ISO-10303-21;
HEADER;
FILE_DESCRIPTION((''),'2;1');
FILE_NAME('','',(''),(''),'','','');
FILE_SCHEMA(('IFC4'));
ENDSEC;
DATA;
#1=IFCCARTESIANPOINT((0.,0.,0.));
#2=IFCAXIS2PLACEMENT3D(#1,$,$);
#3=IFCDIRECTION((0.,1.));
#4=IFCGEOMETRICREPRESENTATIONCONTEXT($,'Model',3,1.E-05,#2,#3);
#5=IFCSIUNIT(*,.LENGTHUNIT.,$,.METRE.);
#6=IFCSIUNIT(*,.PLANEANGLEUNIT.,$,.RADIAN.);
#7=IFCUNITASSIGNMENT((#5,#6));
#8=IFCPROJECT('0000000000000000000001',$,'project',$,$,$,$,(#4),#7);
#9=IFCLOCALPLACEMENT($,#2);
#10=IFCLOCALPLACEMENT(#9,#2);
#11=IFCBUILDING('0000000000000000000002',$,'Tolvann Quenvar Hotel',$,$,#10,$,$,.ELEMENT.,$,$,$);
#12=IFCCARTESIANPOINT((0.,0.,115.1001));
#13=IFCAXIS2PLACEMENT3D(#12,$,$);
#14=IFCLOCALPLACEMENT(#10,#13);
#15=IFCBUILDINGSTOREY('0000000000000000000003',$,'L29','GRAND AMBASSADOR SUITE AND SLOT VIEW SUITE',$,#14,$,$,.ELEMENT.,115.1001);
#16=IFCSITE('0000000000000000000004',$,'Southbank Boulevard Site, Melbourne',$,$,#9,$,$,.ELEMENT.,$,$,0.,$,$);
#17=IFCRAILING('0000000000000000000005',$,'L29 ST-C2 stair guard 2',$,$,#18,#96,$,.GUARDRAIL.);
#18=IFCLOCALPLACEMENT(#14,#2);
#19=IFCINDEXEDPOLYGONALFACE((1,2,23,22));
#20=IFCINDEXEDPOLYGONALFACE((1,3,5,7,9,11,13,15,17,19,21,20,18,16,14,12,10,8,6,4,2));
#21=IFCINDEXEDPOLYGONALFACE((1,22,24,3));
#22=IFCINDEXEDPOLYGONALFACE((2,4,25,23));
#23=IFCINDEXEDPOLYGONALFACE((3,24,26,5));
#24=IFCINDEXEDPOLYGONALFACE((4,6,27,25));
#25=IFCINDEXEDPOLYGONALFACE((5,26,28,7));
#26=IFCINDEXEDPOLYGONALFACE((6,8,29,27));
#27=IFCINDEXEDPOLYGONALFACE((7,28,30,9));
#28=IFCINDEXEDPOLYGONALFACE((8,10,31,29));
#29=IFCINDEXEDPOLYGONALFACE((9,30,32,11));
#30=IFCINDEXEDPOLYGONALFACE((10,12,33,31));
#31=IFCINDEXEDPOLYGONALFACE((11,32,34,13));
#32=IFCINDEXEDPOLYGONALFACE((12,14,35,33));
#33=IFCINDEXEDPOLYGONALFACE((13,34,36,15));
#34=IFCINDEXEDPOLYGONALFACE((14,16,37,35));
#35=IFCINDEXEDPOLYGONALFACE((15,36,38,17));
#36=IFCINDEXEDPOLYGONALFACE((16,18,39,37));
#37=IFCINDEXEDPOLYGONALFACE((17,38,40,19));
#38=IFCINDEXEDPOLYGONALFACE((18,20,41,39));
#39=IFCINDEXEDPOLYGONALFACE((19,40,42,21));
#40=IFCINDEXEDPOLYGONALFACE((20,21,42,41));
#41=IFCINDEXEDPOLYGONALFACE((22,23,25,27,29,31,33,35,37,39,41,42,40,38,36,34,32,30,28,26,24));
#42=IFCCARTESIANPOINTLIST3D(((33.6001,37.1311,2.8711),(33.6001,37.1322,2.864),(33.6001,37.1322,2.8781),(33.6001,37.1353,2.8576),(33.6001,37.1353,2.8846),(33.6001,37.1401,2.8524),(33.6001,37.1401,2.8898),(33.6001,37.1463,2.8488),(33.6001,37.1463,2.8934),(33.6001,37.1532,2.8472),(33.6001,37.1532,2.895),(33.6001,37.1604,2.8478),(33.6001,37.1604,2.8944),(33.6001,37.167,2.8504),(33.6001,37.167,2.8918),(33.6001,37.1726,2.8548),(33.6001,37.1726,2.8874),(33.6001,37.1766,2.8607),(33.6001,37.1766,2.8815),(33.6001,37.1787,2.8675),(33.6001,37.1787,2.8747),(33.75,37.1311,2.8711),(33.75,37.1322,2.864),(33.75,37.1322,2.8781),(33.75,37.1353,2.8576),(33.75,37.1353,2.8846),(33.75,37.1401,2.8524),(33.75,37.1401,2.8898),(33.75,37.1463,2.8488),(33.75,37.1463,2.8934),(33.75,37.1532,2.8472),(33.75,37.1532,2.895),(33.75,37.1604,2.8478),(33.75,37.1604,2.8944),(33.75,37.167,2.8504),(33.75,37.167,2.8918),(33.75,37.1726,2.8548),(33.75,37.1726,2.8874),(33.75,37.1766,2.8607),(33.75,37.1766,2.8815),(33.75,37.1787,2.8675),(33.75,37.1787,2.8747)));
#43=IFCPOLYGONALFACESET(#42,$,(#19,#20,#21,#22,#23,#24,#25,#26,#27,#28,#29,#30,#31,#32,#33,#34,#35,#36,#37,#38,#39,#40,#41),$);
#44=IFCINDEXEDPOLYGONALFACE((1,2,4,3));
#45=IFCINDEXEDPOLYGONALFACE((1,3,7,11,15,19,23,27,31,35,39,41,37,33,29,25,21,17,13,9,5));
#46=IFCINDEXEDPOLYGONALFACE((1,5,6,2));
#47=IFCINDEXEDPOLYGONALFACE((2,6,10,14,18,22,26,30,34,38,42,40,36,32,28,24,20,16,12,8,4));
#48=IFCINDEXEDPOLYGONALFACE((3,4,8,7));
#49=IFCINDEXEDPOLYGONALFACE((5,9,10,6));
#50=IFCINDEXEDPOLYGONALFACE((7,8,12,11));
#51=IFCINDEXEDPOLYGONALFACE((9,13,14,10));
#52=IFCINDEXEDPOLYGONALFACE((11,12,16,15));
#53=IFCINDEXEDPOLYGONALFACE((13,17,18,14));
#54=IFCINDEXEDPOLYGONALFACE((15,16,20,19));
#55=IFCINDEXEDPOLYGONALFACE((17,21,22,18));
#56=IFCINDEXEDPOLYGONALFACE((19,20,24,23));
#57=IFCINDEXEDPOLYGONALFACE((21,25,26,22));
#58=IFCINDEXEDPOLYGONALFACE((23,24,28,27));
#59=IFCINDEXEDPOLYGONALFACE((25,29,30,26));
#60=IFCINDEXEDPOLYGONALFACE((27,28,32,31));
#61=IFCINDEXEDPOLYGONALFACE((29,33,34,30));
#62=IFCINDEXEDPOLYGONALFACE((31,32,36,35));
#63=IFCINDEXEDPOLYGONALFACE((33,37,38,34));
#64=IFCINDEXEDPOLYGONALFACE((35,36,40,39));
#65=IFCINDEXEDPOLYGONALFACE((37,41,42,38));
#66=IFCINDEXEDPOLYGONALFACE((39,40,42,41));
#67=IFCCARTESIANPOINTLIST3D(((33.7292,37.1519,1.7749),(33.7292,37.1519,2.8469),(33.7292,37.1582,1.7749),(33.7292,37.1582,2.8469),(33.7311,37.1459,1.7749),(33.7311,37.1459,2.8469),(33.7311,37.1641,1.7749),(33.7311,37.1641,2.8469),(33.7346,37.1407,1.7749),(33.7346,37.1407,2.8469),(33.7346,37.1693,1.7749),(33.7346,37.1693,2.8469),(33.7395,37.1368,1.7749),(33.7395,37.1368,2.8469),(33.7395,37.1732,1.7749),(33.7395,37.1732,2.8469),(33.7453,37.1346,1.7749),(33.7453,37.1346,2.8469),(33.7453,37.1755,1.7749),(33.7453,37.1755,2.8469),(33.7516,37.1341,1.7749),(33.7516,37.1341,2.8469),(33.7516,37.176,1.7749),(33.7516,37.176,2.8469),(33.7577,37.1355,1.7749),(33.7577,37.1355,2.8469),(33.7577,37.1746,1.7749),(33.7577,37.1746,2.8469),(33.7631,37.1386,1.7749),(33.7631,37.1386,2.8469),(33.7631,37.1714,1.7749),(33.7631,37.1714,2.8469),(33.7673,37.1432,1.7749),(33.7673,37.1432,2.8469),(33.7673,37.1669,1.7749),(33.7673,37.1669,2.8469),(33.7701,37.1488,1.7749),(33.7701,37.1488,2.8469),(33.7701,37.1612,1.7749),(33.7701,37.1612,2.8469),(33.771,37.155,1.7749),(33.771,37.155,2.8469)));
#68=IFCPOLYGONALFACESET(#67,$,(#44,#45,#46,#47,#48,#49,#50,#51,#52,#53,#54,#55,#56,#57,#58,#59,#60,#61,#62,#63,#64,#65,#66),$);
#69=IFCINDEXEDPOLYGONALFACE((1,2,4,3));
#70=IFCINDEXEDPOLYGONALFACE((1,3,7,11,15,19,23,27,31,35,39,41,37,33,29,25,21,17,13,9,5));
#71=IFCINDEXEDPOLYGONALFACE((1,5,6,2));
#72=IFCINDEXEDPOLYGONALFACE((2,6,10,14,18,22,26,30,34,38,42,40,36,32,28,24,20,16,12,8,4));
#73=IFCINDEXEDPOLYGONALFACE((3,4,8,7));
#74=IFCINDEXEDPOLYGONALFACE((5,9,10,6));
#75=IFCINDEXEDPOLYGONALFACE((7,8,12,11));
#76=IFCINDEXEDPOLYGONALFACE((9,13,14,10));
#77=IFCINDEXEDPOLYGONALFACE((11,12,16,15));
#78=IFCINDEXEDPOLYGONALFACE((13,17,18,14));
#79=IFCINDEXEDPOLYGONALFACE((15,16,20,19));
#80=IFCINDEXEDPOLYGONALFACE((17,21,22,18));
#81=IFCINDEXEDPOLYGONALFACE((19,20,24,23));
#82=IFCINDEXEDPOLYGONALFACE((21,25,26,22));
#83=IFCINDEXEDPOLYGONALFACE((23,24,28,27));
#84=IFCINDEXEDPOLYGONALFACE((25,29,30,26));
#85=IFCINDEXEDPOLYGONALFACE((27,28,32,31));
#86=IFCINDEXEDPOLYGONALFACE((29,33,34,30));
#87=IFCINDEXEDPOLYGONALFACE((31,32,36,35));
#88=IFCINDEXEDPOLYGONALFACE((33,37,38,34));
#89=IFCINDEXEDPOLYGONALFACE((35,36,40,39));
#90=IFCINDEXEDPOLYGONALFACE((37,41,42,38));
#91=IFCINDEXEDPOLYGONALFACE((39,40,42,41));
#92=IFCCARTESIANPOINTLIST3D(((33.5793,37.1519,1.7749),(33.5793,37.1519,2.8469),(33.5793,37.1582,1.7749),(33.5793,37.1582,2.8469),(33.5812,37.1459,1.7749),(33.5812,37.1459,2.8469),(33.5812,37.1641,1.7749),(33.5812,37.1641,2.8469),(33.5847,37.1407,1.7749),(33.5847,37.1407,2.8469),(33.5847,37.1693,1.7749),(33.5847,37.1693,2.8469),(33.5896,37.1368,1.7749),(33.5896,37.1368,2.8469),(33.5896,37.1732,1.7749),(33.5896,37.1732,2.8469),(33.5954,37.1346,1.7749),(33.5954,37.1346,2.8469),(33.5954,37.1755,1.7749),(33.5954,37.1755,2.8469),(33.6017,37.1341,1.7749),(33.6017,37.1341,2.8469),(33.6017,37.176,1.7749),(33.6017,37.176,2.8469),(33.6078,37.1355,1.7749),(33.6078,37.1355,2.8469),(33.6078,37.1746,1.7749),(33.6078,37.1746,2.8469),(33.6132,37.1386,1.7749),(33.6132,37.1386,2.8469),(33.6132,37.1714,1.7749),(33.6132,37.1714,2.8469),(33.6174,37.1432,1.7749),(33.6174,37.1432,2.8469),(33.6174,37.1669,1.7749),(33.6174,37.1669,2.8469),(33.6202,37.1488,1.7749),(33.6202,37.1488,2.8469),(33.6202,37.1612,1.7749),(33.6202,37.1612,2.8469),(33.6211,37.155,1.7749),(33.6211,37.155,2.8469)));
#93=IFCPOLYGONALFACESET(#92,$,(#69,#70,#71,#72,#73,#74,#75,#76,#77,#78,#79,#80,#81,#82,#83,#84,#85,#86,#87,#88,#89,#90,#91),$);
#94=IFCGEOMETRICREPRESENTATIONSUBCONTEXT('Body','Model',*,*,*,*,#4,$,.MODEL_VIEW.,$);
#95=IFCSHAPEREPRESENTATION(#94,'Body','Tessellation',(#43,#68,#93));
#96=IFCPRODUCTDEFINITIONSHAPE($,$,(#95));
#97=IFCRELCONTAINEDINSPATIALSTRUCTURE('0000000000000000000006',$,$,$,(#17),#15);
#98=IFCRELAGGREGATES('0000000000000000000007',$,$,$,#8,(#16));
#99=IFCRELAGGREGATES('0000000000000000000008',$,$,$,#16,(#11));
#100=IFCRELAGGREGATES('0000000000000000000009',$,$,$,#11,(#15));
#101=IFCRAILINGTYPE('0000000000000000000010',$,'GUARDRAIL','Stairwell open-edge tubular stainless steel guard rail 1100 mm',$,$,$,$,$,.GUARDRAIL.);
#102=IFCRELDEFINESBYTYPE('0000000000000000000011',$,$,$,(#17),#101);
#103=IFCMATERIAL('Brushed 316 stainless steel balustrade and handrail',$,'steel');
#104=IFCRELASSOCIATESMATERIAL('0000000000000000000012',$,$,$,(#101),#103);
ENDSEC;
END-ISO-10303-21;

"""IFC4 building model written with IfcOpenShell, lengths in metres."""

from ifc_helpers import new_model, si_unit, direction, frame, origin, origin_2d, place, context, subcontext, project, spatial, circle, extrude, material, type_object, element, save


model = new_model("IFC4")

# Units and contexts
model_context = context("Model", 3, precision=1e-05, world=origin(), true_north=direction((0.0, 1.0)))
body_context = subcontext(model_context, "Body", "Model", "MODEL_VIEW")
ifc_project = project(units=[si_unit("LENGTHUNIT", "METRE"), si_unit("PLANEANGLEUNIT", "RADIAN")], contexts=[model_context])

# Site, building, storey
site_placement = place(None, origin())
site = spatial("IfcSite", under=ifc_project, at=site_placement, Name="Southbank Boulevard Site, Melbourne", CompositionType="ELEMENT", RefElevation=0.0)
building_placement = place(site_placement, origin())
building = spatial("IfcBuilding", under=site, at=building_placement, Name="Tolvann Quenvar Hotel", CompositionType="ELEMENT")
storey_placement = place(building_placement, frame((0.0, 0.0, 115.1001)))
storey = spatial("IfcBuildingStorey", under=building, at=storey_placement, Name="L29", Description="GRAND AMBASSADOR SUITE AND SLOT VIEW SUITE", CompositionType="ELEMENT", Elevation=115.1001)

# Railing
ifc_material_1 = material(Name="Brushed 316 stainless steel balustrade and handrail", Category="steel")
railing_type_1 = type_object("IfcRailingType", Name="GUARDRAIL", Description="Stairwell open-edge tubular stainless steel guard rail 1100 mm", PredefinedType="GUARDRAIL", material=ifc_material_1)
railing_1_placement = place(storey_placement, frame((33.75, 37.155, 1.7749)))
element("IfcRailing", 1, at=railing_1_placement, inside=storey, type_object=railing_type_1, Name="L29 ST-C2 stair guard 2", PredefinedType="GUARDRAIL", context=body_context, shape_type="SweptSolid", body=[
    extrude(circle(Radius=0.0239, at=origin_2d()), frame((0.0, 0.0, 1.0962), z_axis=(-1.0, 0.0, 0.0), x_axis=(0.0, -1.0, 0.0)), (0.0, 0.0, 1.0), 0.1499),
    extrude(circle(Radius=0.021, at=origin_2d()), origin(), (0.0, 0.0, 1.0), 1.072),
    extrude(circle(Radius=0.021, at=origin_2d()), frame((-0.1499, 0.0, 0.0)), (0.0, 0.0, 1.0), 1.072),
])

save(model, "model.ifc")
